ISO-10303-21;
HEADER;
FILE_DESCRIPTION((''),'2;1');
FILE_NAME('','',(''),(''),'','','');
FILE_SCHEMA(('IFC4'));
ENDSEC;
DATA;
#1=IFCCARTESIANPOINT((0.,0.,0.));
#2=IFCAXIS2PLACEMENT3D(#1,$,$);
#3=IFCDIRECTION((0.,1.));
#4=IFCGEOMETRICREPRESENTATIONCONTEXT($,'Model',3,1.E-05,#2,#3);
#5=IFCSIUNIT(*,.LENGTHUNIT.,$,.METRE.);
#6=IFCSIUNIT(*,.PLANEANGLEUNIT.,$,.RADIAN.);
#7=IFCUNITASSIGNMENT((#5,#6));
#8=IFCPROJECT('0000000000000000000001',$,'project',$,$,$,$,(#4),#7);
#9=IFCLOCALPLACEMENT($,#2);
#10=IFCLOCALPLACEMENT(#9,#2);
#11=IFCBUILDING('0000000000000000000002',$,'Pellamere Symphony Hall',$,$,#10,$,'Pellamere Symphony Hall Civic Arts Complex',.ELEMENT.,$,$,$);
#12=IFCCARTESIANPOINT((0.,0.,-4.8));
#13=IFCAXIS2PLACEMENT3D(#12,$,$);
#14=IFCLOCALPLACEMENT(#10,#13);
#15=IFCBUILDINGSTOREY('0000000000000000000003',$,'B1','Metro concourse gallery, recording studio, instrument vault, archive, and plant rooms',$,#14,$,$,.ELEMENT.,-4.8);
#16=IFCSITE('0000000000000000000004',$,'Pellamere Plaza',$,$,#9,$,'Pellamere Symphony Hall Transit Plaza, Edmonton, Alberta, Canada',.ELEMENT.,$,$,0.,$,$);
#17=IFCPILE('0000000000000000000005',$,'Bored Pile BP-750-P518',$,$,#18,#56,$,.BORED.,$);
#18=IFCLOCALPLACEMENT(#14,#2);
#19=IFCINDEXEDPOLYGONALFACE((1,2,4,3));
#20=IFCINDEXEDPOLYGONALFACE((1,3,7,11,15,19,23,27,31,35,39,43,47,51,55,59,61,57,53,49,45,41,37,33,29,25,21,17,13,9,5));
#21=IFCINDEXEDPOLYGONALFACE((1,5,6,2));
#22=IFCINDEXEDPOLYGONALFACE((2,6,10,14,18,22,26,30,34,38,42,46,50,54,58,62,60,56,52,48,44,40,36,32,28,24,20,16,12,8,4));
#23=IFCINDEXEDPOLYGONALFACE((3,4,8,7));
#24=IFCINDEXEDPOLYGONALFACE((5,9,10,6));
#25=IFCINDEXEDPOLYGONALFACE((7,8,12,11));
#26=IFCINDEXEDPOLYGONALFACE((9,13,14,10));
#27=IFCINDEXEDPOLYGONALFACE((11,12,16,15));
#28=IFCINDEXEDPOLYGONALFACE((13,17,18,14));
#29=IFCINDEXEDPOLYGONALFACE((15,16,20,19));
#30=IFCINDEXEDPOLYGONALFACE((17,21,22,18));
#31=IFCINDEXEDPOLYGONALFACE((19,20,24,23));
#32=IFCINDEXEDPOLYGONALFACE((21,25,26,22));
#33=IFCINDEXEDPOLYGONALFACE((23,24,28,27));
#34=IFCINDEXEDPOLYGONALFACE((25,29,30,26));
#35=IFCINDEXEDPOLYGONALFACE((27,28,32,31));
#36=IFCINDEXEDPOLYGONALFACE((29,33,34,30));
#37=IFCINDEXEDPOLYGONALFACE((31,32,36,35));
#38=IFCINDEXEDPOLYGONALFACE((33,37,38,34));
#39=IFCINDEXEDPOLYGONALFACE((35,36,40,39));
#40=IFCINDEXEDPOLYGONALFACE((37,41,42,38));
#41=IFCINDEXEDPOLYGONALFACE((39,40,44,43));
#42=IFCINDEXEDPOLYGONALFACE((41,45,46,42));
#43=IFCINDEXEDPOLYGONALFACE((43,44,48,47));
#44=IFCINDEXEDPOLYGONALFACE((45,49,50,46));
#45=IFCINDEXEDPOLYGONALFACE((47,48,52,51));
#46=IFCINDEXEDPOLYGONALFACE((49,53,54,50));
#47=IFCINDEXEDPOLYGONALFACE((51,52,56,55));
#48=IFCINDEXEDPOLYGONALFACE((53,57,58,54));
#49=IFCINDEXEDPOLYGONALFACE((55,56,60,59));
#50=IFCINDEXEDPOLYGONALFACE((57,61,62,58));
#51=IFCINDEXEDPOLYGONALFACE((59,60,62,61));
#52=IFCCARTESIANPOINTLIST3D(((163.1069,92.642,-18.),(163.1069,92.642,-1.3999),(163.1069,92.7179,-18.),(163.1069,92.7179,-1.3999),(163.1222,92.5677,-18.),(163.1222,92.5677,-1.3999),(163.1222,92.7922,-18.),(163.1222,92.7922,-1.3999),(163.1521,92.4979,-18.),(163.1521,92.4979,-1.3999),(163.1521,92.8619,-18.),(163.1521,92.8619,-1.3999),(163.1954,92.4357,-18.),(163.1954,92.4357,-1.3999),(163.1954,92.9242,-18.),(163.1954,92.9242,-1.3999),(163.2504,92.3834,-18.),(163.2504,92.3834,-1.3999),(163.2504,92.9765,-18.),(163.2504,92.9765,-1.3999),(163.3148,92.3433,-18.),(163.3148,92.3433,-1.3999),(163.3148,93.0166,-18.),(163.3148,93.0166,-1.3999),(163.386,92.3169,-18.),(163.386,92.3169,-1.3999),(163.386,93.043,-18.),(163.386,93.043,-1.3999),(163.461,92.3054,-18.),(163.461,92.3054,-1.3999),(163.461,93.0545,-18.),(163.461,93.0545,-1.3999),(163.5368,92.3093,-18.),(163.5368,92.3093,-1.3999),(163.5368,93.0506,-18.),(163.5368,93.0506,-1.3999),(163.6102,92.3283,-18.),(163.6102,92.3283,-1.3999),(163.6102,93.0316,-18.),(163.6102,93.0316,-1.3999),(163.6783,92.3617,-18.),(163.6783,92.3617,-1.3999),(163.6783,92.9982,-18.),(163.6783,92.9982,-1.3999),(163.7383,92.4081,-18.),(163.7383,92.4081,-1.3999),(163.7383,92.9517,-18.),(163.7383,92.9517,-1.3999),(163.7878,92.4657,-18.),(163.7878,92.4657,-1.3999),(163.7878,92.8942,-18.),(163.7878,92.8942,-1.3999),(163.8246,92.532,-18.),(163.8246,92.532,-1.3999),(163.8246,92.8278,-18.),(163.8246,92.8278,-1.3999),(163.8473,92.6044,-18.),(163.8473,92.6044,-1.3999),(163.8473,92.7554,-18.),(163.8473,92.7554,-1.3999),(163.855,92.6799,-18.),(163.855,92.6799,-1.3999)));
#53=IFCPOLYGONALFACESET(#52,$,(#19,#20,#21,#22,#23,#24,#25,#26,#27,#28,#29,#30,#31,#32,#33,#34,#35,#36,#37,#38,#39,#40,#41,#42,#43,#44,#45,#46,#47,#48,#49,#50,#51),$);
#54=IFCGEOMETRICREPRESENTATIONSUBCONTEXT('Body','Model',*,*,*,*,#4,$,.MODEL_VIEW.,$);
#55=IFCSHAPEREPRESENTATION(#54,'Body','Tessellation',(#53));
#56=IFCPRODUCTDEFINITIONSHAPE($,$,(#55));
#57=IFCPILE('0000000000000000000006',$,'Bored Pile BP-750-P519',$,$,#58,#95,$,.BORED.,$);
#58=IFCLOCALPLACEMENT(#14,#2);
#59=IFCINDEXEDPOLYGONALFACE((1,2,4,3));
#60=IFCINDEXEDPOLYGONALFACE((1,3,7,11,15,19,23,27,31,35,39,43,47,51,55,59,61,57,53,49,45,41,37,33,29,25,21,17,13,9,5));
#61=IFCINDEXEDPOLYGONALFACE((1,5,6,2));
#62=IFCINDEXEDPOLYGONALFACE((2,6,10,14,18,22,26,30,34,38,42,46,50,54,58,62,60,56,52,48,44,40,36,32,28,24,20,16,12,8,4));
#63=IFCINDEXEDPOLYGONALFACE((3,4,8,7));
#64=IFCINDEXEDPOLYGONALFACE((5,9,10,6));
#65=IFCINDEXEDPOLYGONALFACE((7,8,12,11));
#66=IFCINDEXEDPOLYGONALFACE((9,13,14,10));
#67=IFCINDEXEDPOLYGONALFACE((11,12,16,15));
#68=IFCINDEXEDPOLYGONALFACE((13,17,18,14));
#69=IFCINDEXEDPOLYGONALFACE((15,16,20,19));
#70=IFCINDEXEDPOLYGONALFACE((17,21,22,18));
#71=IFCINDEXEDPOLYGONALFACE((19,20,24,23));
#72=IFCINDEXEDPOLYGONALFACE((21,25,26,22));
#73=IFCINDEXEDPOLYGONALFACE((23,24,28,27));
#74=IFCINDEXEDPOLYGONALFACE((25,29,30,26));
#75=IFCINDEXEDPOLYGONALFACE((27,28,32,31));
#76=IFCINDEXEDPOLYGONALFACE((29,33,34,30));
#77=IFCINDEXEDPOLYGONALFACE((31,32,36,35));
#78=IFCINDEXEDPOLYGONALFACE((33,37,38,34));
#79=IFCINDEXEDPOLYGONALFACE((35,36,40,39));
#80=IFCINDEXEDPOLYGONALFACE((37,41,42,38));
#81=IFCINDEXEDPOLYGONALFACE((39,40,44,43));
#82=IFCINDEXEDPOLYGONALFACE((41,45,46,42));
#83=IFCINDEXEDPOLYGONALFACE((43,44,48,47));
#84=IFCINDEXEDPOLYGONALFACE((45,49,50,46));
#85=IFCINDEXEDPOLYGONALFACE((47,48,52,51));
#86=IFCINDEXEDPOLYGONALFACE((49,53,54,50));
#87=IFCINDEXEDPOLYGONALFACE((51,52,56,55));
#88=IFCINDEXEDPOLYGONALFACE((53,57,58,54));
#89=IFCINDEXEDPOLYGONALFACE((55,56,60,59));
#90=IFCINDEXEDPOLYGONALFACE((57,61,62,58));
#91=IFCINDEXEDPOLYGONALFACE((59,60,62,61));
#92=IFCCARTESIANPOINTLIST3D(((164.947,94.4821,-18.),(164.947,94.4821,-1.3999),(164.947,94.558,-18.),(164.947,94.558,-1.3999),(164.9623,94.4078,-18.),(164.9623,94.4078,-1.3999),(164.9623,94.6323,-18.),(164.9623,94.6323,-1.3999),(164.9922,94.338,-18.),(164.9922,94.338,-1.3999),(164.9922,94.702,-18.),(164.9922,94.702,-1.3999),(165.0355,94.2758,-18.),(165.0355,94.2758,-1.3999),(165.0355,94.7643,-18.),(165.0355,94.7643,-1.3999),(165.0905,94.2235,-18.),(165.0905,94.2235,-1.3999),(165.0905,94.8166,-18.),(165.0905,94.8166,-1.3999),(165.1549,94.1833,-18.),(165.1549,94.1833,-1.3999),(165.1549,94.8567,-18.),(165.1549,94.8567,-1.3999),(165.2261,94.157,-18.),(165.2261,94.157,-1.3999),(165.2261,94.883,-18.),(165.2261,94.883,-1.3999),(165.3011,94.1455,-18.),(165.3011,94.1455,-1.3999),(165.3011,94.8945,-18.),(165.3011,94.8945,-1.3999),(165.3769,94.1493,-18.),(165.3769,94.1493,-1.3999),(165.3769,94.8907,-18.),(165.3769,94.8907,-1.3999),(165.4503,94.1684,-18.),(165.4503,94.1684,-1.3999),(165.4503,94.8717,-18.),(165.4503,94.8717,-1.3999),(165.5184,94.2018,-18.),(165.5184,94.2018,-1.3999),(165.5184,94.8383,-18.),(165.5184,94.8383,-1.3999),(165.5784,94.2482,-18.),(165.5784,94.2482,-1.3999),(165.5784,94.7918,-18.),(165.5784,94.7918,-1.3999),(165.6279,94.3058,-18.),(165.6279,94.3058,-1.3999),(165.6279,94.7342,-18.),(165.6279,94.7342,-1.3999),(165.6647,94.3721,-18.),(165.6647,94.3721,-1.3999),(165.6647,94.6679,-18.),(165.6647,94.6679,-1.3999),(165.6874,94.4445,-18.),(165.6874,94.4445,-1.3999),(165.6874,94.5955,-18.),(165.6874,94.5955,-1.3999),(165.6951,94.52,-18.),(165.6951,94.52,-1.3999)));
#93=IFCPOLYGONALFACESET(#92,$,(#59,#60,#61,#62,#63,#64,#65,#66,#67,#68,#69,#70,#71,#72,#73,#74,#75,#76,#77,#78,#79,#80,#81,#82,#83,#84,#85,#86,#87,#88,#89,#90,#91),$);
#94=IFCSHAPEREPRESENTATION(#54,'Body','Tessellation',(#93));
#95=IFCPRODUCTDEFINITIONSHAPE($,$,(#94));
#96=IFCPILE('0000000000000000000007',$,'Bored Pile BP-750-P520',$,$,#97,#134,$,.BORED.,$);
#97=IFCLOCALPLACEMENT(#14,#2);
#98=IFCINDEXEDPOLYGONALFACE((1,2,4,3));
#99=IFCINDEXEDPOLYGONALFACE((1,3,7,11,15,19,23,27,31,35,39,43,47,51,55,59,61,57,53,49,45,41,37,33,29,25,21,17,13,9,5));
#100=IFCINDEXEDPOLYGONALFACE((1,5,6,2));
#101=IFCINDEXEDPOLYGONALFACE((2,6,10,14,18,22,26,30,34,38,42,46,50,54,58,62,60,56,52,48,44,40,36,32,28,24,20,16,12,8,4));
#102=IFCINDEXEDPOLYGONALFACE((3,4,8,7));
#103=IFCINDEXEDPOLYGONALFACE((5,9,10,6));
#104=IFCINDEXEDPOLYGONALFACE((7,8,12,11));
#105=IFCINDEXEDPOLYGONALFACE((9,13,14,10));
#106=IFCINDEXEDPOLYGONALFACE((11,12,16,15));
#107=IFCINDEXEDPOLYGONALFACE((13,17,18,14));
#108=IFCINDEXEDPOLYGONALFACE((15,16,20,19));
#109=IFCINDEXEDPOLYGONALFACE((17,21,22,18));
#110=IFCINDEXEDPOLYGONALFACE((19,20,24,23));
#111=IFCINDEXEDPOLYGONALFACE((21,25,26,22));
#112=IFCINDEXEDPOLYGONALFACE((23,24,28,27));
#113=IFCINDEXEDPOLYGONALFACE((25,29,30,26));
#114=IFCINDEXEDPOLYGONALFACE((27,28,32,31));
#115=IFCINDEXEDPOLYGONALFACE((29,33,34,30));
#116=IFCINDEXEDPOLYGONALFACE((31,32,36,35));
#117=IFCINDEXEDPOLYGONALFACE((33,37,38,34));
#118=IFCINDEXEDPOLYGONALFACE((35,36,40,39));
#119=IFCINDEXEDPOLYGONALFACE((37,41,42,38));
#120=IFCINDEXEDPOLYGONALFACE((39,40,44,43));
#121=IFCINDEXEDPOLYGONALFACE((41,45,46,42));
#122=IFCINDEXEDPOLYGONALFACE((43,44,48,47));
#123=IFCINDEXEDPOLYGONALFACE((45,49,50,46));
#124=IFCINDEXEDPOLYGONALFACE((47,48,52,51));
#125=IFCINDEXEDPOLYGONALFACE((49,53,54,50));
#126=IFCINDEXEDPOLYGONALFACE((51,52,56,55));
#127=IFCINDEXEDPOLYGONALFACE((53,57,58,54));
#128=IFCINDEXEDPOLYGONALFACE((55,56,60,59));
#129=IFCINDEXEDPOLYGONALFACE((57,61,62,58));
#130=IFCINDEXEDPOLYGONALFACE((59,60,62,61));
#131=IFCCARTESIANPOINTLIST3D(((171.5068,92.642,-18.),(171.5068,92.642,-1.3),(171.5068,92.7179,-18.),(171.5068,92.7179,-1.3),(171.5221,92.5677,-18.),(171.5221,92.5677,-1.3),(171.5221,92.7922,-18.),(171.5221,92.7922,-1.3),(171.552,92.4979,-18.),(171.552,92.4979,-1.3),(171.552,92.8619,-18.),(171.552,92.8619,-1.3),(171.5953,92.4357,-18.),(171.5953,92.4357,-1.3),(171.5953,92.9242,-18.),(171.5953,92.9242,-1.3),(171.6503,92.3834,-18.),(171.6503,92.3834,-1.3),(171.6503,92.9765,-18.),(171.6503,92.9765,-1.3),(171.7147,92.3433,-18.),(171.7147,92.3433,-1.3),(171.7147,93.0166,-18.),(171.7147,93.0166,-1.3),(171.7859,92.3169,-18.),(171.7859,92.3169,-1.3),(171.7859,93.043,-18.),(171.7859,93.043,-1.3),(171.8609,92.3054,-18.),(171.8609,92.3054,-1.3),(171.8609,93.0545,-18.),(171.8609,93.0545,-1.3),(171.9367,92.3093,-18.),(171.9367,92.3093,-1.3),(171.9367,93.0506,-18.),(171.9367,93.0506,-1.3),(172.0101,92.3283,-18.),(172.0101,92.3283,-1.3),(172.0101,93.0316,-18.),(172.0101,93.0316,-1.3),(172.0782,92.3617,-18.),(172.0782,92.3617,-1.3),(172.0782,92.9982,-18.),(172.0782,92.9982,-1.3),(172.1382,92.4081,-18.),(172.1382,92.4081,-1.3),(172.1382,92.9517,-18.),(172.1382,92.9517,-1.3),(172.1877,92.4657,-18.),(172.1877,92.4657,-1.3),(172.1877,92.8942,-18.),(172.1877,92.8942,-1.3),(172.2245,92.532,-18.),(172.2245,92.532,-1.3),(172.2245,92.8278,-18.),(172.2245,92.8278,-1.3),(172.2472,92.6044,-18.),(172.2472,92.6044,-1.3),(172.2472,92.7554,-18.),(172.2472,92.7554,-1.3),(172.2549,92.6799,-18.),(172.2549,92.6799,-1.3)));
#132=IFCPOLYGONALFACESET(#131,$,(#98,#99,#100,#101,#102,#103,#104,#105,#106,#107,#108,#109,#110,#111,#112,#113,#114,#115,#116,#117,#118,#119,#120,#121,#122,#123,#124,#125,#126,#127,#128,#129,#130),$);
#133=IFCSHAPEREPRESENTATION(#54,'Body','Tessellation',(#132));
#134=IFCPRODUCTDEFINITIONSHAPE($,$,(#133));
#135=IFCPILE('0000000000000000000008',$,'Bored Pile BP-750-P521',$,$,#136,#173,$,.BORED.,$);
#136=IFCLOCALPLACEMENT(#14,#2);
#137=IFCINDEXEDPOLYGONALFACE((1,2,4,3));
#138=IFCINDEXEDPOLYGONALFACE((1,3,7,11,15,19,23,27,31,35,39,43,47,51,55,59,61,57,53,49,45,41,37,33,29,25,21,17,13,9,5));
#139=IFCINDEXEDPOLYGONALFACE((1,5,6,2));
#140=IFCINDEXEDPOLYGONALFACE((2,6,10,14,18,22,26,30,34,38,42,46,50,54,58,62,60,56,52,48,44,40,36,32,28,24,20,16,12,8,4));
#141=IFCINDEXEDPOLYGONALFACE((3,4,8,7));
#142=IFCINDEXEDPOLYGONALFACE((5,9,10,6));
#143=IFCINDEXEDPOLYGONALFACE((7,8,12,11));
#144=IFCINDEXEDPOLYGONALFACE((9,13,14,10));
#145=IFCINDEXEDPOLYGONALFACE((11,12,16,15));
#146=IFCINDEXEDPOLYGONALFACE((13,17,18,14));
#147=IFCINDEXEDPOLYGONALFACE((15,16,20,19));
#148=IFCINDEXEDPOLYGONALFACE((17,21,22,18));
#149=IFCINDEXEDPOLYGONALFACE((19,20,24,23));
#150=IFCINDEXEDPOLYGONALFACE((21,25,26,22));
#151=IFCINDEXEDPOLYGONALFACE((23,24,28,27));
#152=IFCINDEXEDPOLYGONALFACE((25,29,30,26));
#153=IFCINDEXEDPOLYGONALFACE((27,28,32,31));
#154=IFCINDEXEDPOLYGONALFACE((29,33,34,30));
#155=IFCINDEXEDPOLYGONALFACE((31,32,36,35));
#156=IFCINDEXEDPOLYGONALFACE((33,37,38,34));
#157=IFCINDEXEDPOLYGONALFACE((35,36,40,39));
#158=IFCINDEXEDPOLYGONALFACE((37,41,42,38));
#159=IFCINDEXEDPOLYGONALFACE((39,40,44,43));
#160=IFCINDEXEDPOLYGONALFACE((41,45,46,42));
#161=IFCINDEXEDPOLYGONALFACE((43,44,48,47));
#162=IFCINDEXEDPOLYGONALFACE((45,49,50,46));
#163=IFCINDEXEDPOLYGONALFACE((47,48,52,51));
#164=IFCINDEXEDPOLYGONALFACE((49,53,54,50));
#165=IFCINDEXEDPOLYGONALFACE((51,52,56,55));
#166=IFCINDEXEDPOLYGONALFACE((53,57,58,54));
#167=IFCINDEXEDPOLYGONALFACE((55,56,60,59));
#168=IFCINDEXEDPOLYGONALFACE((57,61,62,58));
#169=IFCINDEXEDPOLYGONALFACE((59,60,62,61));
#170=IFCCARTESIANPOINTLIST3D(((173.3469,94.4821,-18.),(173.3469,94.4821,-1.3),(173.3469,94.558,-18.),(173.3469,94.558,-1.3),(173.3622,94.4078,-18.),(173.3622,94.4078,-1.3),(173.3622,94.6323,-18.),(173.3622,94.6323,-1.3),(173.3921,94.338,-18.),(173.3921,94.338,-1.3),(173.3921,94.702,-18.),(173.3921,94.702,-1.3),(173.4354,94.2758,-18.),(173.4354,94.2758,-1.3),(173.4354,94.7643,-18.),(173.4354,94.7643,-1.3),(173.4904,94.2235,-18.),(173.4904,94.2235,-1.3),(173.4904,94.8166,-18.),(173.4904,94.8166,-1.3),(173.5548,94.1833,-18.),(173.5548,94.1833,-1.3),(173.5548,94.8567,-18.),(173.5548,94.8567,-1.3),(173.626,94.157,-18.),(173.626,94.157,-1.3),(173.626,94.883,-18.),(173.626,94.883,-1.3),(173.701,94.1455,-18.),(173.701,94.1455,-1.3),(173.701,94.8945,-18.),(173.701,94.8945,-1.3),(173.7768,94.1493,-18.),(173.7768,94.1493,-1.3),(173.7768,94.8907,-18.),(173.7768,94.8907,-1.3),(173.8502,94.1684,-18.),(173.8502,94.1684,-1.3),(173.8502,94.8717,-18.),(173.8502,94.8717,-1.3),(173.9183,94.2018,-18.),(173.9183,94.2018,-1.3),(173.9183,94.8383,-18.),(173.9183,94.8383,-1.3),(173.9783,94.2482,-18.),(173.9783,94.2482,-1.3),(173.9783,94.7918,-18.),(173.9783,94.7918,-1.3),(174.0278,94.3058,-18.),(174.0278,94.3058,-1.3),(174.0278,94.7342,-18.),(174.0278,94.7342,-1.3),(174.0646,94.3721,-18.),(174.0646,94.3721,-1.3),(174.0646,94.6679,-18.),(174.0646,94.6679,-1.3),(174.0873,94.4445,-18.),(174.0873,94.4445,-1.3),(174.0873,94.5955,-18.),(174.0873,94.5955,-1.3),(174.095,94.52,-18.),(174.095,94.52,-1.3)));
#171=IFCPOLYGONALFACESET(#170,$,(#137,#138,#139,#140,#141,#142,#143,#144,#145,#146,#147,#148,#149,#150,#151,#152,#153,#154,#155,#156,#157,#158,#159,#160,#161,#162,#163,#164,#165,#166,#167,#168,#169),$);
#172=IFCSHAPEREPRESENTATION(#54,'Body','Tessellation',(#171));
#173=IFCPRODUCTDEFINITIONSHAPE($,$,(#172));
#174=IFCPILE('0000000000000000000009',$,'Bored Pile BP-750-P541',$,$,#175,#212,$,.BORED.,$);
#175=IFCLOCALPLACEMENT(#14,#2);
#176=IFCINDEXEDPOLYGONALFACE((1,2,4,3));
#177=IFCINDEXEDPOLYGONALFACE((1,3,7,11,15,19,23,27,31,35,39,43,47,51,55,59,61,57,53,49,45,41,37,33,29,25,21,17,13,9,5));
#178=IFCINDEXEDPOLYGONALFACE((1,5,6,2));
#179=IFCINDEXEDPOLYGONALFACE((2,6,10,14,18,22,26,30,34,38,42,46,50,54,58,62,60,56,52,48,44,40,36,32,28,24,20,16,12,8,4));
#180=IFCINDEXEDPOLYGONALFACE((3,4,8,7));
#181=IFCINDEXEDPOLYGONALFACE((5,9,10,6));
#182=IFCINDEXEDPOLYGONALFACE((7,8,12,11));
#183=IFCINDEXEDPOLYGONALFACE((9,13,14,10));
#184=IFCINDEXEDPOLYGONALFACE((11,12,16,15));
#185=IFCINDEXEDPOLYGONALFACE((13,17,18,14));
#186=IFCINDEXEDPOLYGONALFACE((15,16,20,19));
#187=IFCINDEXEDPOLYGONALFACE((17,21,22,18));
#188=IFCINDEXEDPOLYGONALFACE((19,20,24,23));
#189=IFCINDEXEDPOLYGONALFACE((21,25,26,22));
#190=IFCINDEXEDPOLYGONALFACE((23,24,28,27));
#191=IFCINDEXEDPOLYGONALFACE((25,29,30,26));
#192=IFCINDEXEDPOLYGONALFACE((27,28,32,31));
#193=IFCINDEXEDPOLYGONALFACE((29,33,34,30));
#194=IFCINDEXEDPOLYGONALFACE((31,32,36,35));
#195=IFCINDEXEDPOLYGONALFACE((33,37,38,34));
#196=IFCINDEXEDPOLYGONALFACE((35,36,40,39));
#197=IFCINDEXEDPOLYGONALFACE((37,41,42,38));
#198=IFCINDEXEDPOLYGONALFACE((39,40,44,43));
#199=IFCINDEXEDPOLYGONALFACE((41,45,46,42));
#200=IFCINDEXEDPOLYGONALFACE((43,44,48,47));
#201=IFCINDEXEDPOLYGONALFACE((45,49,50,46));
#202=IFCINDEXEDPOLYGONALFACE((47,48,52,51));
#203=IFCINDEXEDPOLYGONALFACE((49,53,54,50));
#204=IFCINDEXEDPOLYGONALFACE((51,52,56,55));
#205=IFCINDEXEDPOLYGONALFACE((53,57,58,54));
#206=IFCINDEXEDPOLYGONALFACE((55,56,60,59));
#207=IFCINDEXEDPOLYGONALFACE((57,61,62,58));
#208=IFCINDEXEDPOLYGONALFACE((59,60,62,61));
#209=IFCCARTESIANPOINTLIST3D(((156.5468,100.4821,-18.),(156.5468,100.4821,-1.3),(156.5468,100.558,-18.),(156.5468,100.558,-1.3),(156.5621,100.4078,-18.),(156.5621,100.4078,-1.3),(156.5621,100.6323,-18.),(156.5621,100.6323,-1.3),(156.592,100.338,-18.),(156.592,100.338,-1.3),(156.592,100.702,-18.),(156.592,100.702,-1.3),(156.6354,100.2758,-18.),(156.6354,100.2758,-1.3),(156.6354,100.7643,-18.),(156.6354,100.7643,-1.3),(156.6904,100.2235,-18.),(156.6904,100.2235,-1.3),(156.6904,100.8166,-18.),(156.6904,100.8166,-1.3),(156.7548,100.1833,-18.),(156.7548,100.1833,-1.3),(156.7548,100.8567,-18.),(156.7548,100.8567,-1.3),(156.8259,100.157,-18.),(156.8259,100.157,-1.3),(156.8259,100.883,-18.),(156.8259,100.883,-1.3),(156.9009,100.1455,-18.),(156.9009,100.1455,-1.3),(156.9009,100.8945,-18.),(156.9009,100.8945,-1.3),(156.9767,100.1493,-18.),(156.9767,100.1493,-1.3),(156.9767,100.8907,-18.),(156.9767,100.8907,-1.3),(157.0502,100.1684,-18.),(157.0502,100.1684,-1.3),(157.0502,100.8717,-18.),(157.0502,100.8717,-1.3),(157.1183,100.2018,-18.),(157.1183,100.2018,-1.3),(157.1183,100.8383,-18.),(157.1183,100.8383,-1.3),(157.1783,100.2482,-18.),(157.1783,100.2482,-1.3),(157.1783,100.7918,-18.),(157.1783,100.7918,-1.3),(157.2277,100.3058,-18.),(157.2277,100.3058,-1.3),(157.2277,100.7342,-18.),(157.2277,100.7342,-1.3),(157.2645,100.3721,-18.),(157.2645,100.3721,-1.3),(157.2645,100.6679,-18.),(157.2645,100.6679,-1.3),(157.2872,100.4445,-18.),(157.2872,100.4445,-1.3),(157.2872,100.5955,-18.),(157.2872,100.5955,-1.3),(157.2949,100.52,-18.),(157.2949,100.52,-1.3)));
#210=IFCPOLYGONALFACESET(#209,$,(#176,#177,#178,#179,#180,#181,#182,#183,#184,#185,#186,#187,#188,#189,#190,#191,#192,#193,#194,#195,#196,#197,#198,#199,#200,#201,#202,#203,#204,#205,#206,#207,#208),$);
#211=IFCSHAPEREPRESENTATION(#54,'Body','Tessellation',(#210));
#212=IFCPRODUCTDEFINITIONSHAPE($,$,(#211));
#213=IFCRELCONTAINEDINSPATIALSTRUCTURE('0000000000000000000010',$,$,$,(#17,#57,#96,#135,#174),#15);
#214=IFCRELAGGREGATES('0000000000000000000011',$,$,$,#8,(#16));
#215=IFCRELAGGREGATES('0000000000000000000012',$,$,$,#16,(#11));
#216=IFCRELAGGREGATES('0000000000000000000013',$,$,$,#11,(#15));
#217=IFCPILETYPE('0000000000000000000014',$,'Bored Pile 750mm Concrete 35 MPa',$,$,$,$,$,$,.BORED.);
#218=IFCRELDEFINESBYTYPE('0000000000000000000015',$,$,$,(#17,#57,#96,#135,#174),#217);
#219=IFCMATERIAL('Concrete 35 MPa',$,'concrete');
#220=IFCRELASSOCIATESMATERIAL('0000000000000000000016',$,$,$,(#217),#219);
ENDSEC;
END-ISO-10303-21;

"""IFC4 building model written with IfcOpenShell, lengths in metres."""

from ifc_helpers import new_model, si_unit, direction, frame, origin, origin_2d, place, context, subcontext, project, spatial, circle, extrude, material, material_profile, profile_set, type_object, element, save


model = new_model("IFC4")

# Units and contexts
model_context = context("Model", 3, precision=1e-05, world=origin(), true_north=direction((0.0, 1.0)))
body_context = subcontext(model_context, "Body", "Model", "MODEL_VIEW")
ifc_project = project(units=[si_unit("LENGTHUNIT", "METRE"), si_unit("PLANEANGLEUNIT", "RADIAN")], contexts=[model_context])

# Site, building, storey
site_placement = place(None, origin())
site = spatial("IfcSite", under=ifc_project, at=site_placement, Name="Pellamere Plaza", LongName="Pellamere Symphony Hall Transit Plaza, Edmonton, Alberta, Canada", CompositionType="ELEMENT", RefElevation=0.0)
building_placement = place(site_placement, origin())
building = spatial("IfcBuilding", under=site, at=building_placement, Name="Pellamere Symphony Hall", LongName="Pellamere Symphony Hall Civic Arts Complex", CompositionType="ELEMENT")
storey_placement = place(building_placement, frame((0.0, 0.0, -4.8)))
storey = spatial("IfcBuildingStorey", under=building, at=storey_placement, Name="B1", Description="Metro concourse gallery, recording studio, instrument vault, archive, and plant rooms", CompositionType="ELEMENT", Elevation=-4.8)

# Piles
ifc_material_1 = material(Name="Concrete 35 MPa", Category="concrete")
ifc_material_profile_1 = material_profile(ifc_material_1, circle(Radius=0.375, at=origin_2d()), Name="PILE D750")
ifc_profile_set_1 = profile_set([ifc_material_profile_1], Name="Concrete 35 MPa")
pile_type = type_object("IfcPileType", Name="Bored Pile 750mm Concrete 35 MPa", PredefinedType="BORED", material=ifc_profile_set_1)
for number, where, z_axis, x_axis, name in (
    (1, (163.48, 92.6799, -1.3999), (0.0, 0.0, -1.0), (1.0, 0.0, 0.0), "Bored Pile BP-750-P518"),
    (2, (165.3201, 94.52, -1.3999), (0.0, 0.0, -1.0), (1.0, 0.0, 0.0), "Bored Pile BP-750-P519"),
):
    element("IfcPile", number, at=place(storey_placement, frame(where, z_axis=z_axis, x_axis=x_axis)), inside=storey, type_object=pile_type, Name=name, PredefinedType="BORED", context=body_context, shape_type="SweptSolid", body=[
        extrude(circle(Radius=0.375, at=origin_2d()), origin(), (0.0, 0.0, 1.0), 16.6001),
    ])
for number, where, z_axis, x_axis, name in (
    (3, (171.8799, 92.6799, -1.3), (0.0, 0.0, -1.0), (1.0, 0.0, 0.0), "Bored Pile BP-750-P520"),
    (4, (173.72, 94.52, -1.3), (0.0, 0.0, -1.0), (1.0, 0.0, 0.0), "Bored Pile BP-750-P521"),
    (5, (156.9199, 100.52, -1.3), (0.0, 0.0, -1.0), (1.0, 0.0, 0.0), "Bored Pile BP-750-P541"),
):
    element("IfcPile", number, at=place(storey_placement, frame(where, z_axis=z_axis, x_axis=x_axis)), inside=storey, type_object=pile_type, Name=name, PredefinedType="BORED", context=body_context, shape_type="SweptSolid", body=[
        extrude(circle(Radius=0.375, at=origin_2d()), origin(), (0.0, 0.0, 1.0), 16.7),
    ])

save(model, "model.ifc")
